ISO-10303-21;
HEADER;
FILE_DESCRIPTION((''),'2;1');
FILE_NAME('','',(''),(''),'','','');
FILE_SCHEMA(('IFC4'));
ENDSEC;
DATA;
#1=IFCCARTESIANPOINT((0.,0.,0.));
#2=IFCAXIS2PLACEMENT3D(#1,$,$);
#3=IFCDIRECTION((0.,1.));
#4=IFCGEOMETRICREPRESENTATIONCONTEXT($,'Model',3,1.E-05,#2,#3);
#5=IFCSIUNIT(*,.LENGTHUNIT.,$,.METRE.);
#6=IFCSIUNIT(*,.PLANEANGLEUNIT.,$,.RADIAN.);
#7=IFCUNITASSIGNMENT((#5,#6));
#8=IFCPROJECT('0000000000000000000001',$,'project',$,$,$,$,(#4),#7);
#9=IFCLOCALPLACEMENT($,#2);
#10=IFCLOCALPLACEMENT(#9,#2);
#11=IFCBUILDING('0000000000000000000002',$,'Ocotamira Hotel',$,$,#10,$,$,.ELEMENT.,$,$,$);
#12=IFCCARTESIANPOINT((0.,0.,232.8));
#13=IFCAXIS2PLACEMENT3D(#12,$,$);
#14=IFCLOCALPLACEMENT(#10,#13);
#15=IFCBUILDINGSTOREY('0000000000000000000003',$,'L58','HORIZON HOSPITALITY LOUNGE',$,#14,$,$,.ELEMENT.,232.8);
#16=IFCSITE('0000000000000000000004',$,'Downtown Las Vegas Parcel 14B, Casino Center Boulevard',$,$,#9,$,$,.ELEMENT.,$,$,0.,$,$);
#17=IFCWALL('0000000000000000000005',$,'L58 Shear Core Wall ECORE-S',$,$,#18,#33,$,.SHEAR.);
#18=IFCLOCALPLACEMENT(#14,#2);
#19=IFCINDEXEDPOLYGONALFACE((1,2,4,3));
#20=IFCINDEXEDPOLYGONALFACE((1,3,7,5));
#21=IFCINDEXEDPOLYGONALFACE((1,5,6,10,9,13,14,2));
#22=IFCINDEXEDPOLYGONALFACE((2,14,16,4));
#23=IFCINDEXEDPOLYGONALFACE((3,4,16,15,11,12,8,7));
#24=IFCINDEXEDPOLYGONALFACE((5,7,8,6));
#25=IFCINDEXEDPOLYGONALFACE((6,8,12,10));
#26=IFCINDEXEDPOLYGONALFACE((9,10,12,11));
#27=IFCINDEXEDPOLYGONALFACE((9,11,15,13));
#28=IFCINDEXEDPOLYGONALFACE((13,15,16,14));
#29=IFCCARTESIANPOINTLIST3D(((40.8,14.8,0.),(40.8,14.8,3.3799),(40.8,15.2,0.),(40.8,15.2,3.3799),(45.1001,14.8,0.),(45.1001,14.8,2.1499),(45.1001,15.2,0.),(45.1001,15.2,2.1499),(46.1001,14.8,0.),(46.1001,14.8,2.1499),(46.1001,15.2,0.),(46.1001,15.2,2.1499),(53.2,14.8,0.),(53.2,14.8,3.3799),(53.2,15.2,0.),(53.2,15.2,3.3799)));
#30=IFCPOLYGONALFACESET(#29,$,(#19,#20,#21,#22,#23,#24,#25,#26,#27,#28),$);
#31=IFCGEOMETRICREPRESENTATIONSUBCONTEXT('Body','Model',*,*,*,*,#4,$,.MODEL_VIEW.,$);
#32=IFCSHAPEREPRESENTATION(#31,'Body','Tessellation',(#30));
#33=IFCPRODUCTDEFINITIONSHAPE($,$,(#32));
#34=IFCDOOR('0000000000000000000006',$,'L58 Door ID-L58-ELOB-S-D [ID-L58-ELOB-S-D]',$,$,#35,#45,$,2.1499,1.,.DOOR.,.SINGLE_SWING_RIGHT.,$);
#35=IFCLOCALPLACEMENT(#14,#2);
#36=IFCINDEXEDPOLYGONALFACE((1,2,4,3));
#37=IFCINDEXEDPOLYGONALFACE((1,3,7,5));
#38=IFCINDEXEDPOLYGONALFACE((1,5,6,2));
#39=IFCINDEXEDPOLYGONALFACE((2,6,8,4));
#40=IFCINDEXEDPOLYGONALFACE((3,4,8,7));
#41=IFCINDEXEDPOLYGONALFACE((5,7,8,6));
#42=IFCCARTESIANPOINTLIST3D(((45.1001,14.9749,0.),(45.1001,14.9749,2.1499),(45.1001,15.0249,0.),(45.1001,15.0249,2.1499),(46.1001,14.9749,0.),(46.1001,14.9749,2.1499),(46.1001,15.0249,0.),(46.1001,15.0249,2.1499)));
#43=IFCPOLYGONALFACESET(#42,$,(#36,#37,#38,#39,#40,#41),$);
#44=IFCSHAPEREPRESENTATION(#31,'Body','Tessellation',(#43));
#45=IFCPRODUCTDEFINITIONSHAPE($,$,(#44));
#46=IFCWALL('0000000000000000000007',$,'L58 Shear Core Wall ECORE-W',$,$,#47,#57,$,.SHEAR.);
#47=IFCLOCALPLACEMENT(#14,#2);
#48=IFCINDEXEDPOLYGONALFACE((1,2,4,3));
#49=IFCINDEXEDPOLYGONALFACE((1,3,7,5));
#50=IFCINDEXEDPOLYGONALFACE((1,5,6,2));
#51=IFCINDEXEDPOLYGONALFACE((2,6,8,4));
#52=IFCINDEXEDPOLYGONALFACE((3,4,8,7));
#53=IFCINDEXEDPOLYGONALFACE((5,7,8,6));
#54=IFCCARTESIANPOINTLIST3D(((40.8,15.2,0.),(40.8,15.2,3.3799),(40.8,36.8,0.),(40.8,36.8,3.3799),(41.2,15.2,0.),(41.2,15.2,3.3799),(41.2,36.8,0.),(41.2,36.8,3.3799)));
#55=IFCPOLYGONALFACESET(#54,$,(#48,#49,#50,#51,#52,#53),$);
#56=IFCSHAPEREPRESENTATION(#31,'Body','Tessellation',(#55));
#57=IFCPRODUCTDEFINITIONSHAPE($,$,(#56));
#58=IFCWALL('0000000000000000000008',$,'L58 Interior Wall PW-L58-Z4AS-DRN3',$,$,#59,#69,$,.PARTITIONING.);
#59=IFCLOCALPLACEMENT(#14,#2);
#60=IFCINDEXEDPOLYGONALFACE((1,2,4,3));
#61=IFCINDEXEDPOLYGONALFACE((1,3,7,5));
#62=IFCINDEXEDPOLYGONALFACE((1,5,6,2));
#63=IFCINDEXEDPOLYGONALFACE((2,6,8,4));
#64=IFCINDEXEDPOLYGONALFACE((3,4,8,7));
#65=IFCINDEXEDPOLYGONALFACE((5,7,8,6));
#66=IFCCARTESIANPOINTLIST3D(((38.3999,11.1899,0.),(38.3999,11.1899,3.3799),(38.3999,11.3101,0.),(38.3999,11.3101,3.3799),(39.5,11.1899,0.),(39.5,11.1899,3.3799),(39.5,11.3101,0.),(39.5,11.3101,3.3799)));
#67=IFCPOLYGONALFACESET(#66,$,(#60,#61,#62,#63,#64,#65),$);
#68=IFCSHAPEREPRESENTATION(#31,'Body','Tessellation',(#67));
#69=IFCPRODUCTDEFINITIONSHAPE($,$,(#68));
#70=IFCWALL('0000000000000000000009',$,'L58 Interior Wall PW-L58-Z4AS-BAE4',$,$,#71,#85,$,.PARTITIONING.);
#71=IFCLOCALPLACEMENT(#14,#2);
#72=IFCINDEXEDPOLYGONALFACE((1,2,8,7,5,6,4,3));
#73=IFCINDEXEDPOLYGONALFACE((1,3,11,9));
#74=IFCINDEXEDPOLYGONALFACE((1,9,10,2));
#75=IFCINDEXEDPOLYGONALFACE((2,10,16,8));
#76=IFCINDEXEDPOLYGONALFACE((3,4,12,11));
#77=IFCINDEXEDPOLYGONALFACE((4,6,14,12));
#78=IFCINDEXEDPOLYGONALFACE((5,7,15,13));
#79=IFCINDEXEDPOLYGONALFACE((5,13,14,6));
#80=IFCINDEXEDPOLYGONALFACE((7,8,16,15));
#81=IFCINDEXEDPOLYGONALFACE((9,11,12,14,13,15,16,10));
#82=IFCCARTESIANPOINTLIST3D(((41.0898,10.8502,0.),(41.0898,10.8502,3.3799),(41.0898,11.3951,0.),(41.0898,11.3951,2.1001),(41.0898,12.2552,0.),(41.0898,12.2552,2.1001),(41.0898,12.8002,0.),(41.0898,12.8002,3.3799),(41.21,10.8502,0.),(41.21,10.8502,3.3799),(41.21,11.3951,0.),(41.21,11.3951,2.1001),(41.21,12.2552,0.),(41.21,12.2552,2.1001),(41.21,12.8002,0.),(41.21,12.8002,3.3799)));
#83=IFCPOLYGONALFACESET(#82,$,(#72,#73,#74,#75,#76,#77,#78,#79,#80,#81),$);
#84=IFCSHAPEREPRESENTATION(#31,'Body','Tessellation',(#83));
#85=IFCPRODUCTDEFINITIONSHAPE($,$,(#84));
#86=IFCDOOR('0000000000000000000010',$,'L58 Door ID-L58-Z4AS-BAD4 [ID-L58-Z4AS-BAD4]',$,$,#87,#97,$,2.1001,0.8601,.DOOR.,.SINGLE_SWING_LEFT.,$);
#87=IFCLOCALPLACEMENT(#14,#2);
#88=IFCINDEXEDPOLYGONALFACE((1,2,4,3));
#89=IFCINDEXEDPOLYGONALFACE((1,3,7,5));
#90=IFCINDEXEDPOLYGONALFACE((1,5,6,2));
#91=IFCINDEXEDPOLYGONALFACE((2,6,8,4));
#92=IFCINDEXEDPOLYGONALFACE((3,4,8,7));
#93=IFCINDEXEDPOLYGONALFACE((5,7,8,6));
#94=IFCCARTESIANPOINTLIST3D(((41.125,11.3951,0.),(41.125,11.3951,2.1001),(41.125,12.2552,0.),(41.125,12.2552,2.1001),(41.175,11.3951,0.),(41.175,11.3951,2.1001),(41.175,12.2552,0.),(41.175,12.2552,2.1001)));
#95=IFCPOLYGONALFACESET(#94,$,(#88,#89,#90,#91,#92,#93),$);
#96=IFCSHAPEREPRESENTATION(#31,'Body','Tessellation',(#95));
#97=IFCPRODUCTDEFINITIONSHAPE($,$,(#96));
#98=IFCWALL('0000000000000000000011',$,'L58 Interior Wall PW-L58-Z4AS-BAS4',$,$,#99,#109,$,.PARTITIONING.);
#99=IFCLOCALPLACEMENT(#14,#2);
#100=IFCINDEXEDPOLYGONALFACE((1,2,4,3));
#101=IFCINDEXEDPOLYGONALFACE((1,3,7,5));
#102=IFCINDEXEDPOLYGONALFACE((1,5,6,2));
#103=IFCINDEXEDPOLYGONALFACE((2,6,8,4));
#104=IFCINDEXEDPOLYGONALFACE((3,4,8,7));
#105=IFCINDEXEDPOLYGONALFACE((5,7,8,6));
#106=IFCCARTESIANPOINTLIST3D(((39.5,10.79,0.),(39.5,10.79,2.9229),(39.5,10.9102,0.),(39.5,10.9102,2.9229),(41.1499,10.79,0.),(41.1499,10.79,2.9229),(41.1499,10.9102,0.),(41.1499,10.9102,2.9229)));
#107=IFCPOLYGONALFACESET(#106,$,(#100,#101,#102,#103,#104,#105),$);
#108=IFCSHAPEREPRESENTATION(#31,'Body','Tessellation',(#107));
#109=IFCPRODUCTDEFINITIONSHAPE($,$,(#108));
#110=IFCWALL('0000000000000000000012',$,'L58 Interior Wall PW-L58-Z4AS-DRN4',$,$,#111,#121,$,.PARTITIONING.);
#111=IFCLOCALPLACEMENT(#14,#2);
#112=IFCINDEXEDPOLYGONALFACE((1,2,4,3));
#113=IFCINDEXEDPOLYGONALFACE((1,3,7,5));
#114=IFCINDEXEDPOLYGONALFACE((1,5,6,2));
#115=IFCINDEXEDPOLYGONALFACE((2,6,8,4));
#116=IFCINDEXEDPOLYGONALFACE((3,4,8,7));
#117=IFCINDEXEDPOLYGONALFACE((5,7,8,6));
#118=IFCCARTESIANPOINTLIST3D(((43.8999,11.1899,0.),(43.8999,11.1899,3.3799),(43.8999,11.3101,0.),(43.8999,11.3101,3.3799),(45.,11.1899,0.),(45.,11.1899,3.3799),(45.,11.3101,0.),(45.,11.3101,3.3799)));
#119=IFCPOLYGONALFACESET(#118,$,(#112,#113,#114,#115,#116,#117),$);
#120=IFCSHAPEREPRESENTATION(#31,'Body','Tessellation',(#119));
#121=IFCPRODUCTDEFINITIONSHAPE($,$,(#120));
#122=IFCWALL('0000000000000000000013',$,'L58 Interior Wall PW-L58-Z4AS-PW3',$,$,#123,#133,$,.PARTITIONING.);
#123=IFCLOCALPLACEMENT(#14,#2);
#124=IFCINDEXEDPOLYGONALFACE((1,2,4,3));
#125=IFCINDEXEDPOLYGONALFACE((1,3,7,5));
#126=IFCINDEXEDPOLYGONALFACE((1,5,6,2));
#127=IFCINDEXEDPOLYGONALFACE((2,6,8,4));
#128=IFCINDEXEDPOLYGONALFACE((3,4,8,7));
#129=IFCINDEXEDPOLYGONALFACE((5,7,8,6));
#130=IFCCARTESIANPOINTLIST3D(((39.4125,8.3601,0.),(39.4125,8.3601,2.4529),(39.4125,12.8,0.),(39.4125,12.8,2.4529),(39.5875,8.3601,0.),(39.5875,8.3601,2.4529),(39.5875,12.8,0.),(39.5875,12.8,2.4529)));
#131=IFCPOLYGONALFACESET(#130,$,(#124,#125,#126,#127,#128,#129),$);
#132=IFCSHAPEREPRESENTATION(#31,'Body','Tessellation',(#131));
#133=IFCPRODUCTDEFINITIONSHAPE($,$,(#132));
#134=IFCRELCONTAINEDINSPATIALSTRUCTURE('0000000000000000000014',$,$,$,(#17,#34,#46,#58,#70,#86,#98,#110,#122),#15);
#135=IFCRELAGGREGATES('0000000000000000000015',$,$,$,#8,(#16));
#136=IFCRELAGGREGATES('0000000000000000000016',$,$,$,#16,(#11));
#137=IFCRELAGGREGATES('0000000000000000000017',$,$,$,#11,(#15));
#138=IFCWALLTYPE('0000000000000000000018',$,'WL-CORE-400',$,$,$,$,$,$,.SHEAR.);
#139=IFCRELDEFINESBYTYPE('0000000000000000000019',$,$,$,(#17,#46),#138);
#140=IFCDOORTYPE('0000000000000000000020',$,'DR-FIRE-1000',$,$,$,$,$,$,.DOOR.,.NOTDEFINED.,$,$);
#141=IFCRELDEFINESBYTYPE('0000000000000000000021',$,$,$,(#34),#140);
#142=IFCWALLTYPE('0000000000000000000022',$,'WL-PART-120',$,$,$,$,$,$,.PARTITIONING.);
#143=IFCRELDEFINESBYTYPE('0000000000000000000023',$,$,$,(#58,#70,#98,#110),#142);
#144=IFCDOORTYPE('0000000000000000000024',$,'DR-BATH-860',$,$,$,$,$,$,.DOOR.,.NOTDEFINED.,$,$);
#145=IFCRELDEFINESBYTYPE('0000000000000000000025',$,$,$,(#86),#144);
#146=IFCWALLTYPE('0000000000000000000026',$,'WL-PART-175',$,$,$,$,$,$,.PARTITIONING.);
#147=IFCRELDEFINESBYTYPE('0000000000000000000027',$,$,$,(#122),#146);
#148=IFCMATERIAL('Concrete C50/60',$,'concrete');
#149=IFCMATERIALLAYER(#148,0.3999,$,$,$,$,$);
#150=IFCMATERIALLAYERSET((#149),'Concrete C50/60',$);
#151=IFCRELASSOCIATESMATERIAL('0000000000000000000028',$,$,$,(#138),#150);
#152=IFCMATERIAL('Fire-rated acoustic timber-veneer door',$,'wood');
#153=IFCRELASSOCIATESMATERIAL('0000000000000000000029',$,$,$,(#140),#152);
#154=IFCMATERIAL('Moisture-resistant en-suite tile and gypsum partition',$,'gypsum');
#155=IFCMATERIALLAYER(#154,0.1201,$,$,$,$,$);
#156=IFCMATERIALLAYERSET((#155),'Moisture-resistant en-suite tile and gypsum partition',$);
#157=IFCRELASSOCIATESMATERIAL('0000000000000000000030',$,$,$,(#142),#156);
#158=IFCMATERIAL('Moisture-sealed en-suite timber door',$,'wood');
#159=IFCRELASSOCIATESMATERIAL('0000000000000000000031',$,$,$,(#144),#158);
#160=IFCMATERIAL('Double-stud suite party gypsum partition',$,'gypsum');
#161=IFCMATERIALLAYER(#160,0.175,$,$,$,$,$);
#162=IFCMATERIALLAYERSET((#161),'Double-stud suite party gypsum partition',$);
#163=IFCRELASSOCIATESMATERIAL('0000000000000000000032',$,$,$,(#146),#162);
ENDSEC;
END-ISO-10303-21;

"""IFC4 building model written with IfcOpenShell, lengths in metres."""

from ifc_helpers import new_model, si_unit, direction, frame, frame_2d, origin, place, context, subcontext, project, spatial, rectangle, extrude, source, transform, mapped, material, layer, layer_set, type_object, element, fill, save


model = new_model("IFC4")

# Units and contexts
model_context = context("Model", 3, precision=1e-05, world=origin(), true_north=direction((0.0, 1.0)))
body_context = subcontext(model_context, "Body", "Model", "MODEL_VIEW")
ifc_project = project(units=[si_unit("LENGTHUNIT", "METRE"), si_unit("PLANEANGLEUNIT", "RADIAN")], contexts=[model_context])

# Site, building, storey
site_placement = place(None, origin())
site = spatial("IfcSite", under=ifc_project, at=site_placement, Name="Downtown Las Vegas Parcel 14B, Casino Center Boulevard", CompositionType="ELEMENT", RefElevation=0.0)
building_placement = place(site_placement, origin())
building = spatial("IfcBuilding", under=site, at=building_placement, Name="Ocotamira Hotel", CompositionType="ELEMENT")
storey_placement = place(building_placement, frame((0.0, 0.0, 232.8)))
storey = spatial("IfcBuildingStorey", under=building, at=storey_placement, Name="L58", Description="HORIZON HOSPITALITY LOUNGE", CompositionType="ELEMENT", Elevation=232.8)

# Wall, opening, door
ifc_material_1 = material(Name="Concrete C50/60", Category="concrete")
ifc_layer_1 = layer(ifc_material_1, 0.3999)
ifc_layer_set_1 = layer_set([ifc_layer_1], Name="Concrete C50/60")
wall_type_1 = type_object("IfcWallType", Name="WL-CORE-400", PredefinedType="SHEAR", material=ifc_layer_set_1)
wall_1_placement = place(storey_placement, frame((40.8, 15.0, 0.0), z_axis=(0.0, 0.0, 1.0), x_axis=(1.0, 0.0, 0.0)))
wall_1 = element("IfcWall", 1, at=wall_1_placement, inside=storey, type_object=wall_type_1, Name="L58 Shear Core Wall ECORE-S", PredefinedType="SHEAR", context=body_context, shape_type="SweptSolid", body=[
    extrude(rectangle(XDim=12.3999, YDim=0.3999, at=frame_2d((6.2, 0.0))), origin(), (0.0, 0.0, 1.0), 3.3799),
])
opening_1_placement = place(wall_1_placement, frame((4.3, 0.0, 0.0)))
opening_1 = element("IfcOpeningElement", 2, at=opening_1_placement, cuts=wall_1, PredefinedType="OPENING", context=body_context, shape_type="SweptSolid", body=[
    extrude(rectangle(XDim=1.0, YDim=2.1499, at=frame_2d((0.5, 1.075))), frame((0.0, 0.21, 0.0), z_axis=(0.0, -1.0, 0.0), x_axis=(1.0, 0.0, 0.0)), (0.0, 0.0, 1.0), 0.4199),
])
ifc_material_2 = material(Name="Fire-rated acoustic timber-veneer door", Category="wood")
door_type_1 = type_object("IfcDoorType", Name="DR-FIRE-1000", OperationType="NOTDEFINED", PredefinedType="DOOR", material=ifc_material_2)
shared_shape_1 = source(origin(), body_context, "Body", "SweptSolid", [
    extrude(rectangle(XDim=1.0, YDim=2.1499, at=frame_2d((0.5, 1.075))), frame((0.0, 0.0249, 0.0), z_axis=(0.0, -1.0, 0.0), x_axis=(1.0, 0.0, 0.0)), (0.0, 0.0, 1.0), 0.05),
])
door_1_placement = place(opening_1_placement, origin())
door_1 = element("IfcDoor", 3, at=door_1_placement, inside=storey, type_object=door_type_1, Name="L58 Door ID-L58-ELOB-S-D [ID-L58-ELOB-S-D]", OperationType="SINGLE_SWING_RIGHT", OverallHeight=2.1499, OverallWidth=1.0, PredefinedType="DOOR", context=body_context, shape_type="MappedRepresentation", body=[
    mapped(shared_shape_1, transform((0.0, 0.0, 0.0), scale=1.0)),
])
fill(opening_1, door_1)

# Walls
wall_2_placement = place(storey_placement, frame((41.0, 15.2, 0.0), z_axis=(0.0, 0.0, 1.0), x_axis=(0.0, 1.0, 0.0)))
element("IfcWall", 4, at=wall_2_placement, inside=storey, type_object=wall_type_1, Name="L58 Shear Core Wall ECORE-W", PredefinedType="SHEAR", context=body_context, shape_type="SweptSolid", body=[
    extrude(rectangle(XDim=21.6001, YDim=0.3999, at=frame_2d((10.8, 0.0))), origin(), (0.0, 0.0, 1.0), 3.3799),
])
ifc_material_3 = material(Name="Moisture-resistant en-suite tile and gypsum partition", Category="gypsum")
ifc_layer_2 = layer(ifc_material_3, 0.1201)
ifc_layer_set_2 = layer_set([ifc_layer_2], Name="Moisture-resistant en-suite tile and gypsum partition")
wall_type_2 = type_object("IfcWallType", Name="WL-PART-120", PredefinedType="PARTITIONING", material=ifc_layer_set_2)
wall_3_placement = place(storey_placement, frame((38.3999, 11.25, 0.0), z_axis=(0.0, 0.0, 1.0), x_axis=(1.0, 0.0, 0.0)))
element("IfcWall", 5, at=wall_3_placement, inside=storey, type_object=wall_type_2, Name="L58 Interior Wall PW-L58-Z4AS-DRN3", PredefinedType="PARTITIONING", context=body_context, shape_type="SweptSolid", body=[
    extrude(rectangle(XDim=1.1001, YDim=0.1201, at=frame_2d((0.55, 0.0))), origin(), (0.0, 0.0, 1.0), 3.3799),
])

# Wall, opening, door
wall_4_placement = place(storey_placement, frame((41.1499, 10.8501, 0.0), z_axis=(0.0, 0.0, 1.0), x_axis=(0.0, 1.0, 0.0)))
wall_4 = element("IfcWall", 6, at=wall_4_placement, inside=storey, type_object=wall_type_2, Name="L58 Interior Wall PW-L58-Z4AS-BAE4", PredefinedType="PARTITIONING", context=body_context, shape_type="SweptSolid", body=[
    extrude(rectangle(XDim=1.95, YDim=0.1201, at=frame_2d((0.9751, 0.0))), origin(), (0.0, 0.0, 1.0), 3.3799),
])
opening_2_placement = place(wall_4_placement, frame((0.5449, 0.0, 0.0)))
opening_2 = element("IfcOpeningElement", 7, at=opening_2_placement, cuts=wall_4, PredefinedType="OPENING", context=body_context, shape_type="SweptSolid", body=[
    extrude(rectangle(XDim=0.8601, YDim=2.1001, at=frame_2d((0.4302, 1.05))), frame((0.0, 0.0701, 0.0), z_axis=(0.0, -1.0, 0.0), x_axis=(1.0, 0.0, 0.0)), (0.0, 0.0, 1.0), 0.1401),
])
ifc_material_4 = material(Name="Moisture-sealed en-suite timber door", Category="wood")
door_type_2 = type_object("IfcDoorType", Name="DR-BATH-860", OperationType="NOTDEFINED", PredefinedType="DOOR", material=ifc_material_4)
shared_shape_2 = source(origin(), body_context, "Body", "SweptSolid", [
    extrude(rectangle(XDim=0.8601, YDim=2.1001, at=frame_2d((0.4302, 1.05))), frame((0.0, 0.0249, 0.0), z_axis=(0.0, -1.0, 0.0), x_axis=(1.0, 0.0, 0.0)), (0.0, 0.0, 1.0), 0.05),
])
door_2_placement = place(opening_2_placement, origin())
door_2 = element("IfcDoor", 8, at=door_2_placement, inside=storey, type_object=door_type_2, Name="L58 Door ID-L58-Z4AS-BAD4 [ID-L58-Z4AS-BAD4]", OperationType="SINGLE_SWING_LEFT", OverallHeight=2.1001, OverallWidth=0.8601, PredefinedType="DOOR", context=body_context, shape_type="MappedRepresentation", body=[
    mapped(shared_shape_2, transform((0.0, 0.0, 0.0), scale=1.0)),
])
fill(opening_2, door_2)

# Walls
wall_5_placement = place(storey_placement, frame((39.5, 10.8501, 0.0), z_axis=(0.0, 0.0, 1.0), x_axis=(1.0, 0.0, 0.0)))
element("IfcWall", 9, at=wall_5_placement, inside=storey, type_object=wall_type_2, Name="L58 Interior Wall PW-L58-Z4AS-BAS4", PredefinedType="PARTITIONING", context=body_context, shape_type="SweptSolid", body=[
    extrude(rectangle(XDim=1.6499, YDim=0.1201, at=frame_2d((0.825, 0.0))), origin(), (0.0, 0.0, 1.0), 2.9229),
])
wall_6_placement = place(storey_placement, frame((43.8999, 11.25, 0.0), z_axis=(0.0, 0.0, 1.0), x_axis=(1.0, 0.0, 0.0)))
element("IfcWall", 10, at=wall_6_placement, inside=storey, type_object=wall_type_2, Name="L58 Interior Wall PW-L58-Z4AS-DRN4", PredefinedType="PARTITIONING", context=body_context, shape_type="SweptSolid", body=[
    extrude(rectangle(XDim=1.1001, YDim=0.1201, at=frame_2d((0.55, 0.0))), origin(), (0.0, 0.0, 1.0), 3.3799),
])
ifc_material_5 = material(Name="Double-stud suite party gypsum partition", Category="gypsum")
ifc_layer_3 = layer(ifc_material_5, 0.175)
ifc_layer_set_3 = layer_set([ifc_layer_3], Name="Double-stud suite party gypsum partition")
wall_type_3 = type_object("IfcWallType", Name="WL-PART-175", PredefinedType="PARTITIONING", material=ifc_layer_set_3)
wall_7_placement = place(storey_placement, frame((39.5, 8.3601, 0.0), z_axis=(0.0, 0.0, 1.0), x_axis=(0.0, 1.0, 0.0)))
element("IfcWall", 11, at=wall_7_placement, inside=storey, type_object=wall_type_3, Name="L58 Interior Wall PW-L58-Z4AS-PW3", PredefinedType="PARTITIONING", context=body_context, shape_type="SweptSolid", body=[
    extrude(rectangle(XDim=4.4399, YDim=0.175, at=frame_2d((2.22, 0.0))), origin(), (0.0, 0.0, 1.0), 2.4529),
])

save(model, "model.ifc")
